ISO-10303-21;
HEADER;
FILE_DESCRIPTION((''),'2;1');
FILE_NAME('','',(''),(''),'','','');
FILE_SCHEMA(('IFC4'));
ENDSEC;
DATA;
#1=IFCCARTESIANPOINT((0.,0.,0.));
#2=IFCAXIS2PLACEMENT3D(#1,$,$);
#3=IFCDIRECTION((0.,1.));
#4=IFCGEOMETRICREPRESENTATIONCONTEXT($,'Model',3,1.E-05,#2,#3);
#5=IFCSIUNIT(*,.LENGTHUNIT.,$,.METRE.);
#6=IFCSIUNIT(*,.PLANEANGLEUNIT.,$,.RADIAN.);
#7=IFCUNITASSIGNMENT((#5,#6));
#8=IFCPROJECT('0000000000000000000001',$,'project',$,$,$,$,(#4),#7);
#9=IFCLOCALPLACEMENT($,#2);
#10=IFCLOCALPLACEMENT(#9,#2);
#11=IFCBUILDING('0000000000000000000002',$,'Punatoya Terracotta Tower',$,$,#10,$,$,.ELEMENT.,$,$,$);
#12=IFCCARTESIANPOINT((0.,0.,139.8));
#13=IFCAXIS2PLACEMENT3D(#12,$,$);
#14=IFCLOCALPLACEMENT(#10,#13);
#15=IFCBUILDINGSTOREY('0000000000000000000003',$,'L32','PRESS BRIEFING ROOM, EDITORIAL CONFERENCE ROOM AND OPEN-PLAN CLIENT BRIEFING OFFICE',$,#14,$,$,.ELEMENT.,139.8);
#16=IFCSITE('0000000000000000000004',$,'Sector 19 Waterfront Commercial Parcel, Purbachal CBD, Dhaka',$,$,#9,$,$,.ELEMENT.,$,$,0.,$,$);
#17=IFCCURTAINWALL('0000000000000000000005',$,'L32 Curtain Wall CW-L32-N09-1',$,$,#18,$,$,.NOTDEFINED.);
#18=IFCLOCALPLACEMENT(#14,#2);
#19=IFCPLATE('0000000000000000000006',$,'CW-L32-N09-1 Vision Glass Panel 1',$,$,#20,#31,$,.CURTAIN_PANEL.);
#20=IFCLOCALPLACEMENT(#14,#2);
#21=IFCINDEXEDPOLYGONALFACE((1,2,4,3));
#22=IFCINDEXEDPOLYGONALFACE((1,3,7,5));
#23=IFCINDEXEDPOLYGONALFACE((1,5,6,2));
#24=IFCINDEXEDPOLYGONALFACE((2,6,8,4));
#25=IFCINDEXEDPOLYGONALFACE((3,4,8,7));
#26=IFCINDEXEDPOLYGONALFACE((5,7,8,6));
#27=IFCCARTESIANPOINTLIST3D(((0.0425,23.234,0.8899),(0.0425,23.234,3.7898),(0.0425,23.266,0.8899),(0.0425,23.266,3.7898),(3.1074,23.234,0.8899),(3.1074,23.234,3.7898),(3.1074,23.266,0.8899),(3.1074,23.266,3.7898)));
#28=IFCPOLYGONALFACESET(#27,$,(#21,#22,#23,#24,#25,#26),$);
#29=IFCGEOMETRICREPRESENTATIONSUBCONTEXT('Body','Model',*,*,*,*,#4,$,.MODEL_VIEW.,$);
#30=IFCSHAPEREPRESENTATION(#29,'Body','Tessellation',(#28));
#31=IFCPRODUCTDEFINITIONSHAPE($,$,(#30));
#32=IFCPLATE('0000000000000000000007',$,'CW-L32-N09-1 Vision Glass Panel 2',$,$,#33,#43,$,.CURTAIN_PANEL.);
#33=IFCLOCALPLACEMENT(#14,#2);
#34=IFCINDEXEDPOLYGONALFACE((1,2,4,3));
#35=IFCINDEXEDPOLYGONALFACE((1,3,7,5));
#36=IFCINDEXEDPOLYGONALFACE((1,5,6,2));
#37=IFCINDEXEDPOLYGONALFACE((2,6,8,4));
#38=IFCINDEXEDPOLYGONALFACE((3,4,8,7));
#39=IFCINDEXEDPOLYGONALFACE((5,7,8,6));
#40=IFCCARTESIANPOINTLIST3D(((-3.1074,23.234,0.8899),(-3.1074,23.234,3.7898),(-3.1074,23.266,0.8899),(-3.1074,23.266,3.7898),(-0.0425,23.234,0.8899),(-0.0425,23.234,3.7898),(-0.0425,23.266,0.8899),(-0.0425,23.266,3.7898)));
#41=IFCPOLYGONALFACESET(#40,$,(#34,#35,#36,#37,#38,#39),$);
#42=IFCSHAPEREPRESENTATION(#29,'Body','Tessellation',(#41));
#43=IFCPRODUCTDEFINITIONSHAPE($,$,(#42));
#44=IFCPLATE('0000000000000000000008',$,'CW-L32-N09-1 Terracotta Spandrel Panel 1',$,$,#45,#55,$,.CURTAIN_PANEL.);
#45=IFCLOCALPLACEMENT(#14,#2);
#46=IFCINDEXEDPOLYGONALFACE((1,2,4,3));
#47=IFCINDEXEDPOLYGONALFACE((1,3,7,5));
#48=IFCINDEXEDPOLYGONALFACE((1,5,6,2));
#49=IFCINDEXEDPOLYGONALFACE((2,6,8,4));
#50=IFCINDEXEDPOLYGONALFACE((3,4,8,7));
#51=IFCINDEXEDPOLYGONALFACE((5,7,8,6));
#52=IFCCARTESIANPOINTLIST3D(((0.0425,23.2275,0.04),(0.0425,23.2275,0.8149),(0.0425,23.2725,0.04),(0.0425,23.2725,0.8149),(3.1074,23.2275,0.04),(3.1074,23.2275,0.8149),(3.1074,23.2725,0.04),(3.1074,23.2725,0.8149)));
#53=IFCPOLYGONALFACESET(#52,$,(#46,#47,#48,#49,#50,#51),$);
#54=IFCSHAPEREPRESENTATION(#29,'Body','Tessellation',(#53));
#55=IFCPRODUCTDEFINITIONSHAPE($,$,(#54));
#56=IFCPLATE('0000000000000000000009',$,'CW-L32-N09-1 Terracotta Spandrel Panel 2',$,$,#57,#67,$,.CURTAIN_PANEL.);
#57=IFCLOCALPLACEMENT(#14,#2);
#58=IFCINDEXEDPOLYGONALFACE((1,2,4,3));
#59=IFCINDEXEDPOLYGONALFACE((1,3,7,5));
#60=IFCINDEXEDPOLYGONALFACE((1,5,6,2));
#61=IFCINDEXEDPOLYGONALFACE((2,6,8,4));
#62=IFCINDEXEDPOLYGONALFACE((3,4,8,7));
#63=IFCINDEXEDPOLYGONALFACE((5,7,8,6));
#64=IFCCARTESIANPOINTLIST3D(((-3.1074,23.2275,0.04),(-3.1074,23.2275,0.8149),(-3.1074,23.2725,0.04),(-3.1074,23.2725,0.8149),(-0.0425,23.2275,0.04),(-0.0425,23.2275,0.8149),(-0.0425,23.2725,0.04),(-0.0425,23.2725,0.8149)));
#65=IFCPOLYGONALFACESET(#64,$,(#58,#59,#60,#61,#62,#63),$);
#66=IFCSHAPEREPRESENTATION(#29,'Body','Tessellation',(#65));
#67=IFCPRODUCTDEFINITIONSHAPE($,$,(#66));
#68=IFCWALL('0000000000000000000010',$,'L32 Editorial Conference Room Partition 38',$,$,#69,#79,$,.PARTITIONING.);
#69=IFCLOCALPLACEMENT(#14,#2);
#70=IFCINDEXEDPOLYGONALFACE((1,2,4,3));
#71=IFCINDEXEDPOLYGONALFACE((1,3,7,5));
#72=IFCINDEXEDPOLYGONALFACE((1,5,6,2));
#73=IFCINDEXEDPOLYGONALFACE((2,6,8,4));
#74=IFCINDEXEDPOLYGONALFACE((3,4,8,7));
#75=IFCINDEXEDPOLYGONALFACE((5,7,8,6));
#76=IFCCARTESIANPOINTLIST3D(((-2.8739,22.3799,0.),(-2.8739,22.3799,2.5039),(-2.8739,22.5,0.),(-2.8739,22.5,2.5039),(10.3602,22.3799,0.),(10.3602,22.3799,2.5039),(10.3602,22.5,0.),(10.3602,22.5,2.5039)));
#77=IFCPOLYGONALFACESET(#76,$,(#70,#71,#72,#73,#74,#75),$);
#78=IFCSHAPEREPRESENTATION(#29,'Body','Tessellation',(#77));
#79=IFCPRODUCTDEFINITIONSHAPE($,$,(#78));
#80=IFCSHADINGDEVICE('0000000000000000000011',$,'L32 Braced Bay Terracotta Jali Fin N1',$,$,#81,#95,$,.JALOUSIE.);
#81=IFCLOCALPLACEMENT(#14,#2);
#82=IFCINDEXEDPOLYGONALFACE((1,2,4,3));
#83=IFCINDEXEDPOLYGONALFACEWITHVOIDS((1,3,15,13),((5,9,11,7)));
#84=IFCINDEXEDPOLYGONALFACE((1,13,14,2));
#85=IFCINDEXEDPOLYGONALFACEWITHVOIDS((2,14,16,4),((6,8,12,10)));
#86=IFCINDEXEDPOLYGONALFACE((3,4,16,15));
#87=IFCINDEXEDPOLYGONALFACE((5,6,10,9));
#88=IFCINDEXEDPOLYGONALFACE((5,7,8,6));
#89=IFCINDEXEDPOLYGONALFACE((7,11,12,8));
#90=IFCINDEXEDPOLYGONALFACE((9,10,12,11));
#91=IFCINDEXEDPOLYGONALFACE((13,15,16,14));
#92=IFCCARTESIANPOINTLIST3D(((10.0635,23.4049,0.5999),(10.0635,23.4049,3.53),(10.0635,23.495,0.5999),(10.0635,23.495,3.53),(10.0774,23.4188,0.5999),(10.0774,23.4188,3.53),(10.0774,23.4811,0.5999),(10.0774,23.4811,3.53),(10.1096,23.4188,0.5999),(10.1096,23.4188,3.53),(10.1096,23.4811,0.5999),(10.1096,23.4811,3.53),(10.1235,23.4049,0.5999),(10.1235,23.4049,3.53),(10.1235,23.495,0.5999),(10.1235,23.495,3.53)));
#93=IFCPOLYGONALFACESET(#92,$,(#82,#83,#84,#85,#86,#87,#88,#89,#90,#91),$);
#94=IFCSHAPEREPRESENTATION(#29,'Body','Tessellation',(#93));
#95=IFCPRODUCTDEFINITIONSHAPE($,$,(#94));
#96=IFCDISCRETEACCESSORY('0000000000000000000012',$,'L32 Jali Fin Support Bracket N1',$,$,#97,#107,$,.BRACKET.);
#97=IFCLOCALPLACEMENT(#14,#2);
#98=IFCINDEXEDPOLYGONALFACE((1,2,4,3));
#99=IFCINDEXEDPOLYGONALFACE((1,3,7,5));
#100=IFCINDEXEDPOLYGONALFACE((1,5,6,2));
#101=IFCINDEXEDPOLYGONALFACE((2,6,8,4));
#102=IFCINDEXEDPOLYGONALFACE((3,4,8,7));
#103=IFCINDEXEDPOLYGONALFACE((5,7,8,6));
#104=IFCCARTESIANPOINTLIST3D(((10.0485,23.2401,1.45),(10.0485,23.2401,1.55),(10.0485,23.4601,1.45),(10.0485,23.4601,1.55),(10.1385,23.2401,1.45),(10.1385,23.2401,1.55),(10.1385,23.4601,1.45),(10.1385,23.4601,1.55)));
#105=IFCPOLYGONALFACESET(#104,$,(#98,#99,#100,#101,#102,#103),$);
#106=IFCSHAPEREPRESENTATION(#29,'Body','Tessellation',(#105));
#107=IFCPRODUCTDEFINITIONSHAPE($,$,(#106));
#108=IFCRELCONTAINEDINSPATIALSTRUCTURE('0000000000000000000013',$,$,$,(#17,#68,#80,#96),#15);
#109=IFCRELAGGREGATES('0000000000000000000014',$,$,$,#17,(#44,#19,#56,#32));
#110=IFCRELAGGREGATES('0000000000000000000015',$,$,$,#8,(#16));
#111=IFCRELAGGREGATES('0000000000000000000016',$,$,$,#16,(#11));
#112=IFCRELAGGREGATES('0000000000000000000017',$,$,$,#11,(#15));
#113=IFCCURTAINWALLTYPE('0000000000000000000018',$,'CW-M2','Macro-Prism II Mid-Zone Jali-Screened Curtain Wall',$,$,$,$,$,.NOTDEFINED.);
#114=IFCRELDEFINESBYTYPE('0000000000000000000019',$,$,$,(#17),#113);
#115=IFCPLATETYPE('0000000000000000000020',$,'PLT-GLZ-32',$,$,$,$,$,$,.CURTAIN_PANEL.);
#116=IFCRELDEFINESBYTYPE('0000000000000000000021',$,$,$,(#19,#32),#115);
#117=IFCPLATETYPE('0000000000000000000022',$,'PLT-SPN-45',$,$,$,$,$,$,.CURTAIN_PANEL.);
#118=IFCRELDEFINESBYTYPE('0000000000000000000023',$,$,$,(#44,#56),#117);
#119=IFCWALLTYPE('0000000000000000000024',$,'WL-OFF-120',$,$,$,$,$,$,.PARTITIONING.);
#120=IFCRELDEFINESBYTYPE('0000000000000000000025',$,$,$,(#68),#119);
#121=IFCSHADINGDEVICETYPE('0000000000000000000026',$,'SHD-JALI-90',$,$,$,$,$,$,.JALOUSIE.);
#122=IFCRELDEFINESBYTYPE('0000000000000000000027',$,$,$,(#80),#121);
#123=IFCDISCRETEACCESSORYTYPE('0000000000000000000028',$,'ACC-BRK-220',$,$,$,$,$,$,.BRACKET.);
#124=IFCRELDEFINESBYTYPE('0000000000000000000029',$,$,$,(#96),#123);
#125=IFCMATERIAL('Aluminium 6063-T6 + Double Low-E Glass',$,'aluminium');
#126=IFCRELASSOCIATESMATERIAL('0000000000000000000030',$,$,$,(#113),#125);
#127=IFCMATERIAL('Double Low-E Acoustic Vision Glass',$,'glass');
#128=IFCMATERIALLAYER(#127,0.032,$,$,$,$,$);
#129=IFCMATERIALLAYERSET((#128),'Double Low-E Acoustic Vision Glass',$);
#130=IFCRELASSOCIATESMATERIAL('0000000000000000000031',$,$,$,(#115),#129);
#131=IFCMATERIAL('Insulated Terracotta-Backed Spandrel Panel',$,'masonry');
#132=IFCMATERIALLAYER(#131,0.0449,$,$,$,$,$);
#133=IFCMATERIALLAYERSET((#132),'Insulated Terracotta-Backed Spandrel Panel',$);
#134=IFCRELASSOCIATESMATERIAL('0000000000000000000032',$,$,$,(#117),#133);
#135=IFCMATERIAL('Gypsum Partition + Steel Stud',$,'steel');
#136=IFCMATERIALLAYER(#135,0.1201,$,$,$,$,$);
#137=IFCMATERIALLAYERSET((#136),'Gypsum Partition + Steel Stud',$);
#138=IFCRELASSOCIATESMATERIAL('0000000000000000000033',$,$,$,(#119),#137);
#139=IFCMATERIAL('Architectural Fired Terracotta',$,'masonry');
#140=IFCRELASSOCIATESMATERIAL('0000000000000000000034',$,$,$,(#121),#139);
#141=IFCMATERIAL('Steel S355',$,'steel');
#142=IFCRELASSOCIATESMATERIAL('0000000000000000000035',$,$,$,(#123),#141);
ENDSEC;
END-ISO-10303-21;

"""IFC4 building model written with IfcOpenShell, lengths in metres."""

from ifc_helpers import new_model, si_unit, direction, frame, frame_2d, origin, origin_2d, place, context, subcontext, project, spatial, rectangle, hollow_rectangle, extrude, material, layer, layer_set, material_profile, profile_set, type_object, element, aggregate, save


model = new_model("IFC4")

# Units and contexts
model_context = context("Model", 3, precision=1e-05, world=origin(), true_north=direction((0.0, 1.0)))
body_context = subcontext(model_context, "Body", "Model", "MODEL_VIEW")
ifc_project = project(units=[si_unit("LENGTHUNIT", "METRE"), si_unit("PLANEANGLEUNIT", "RADIAN")], contexts=[model_context])

# Site, building, storey
site_placement = place(None, origin())
site = spatial("IfcSite", under=ifc_project, at=site_placement, Name="Sector 19 Waterfront Commercial Parcel, Purbachal CBD, Dhaka", CompositionType="ELEMENT", RefElevation=0.0)
building_placement = place(site_placement, origin())
building = spatial("IfcBuilding", under=site, at=building_placement, Name="Punatoya Terracotta Tower", CompositionType="ELEMENT")
storey_placement = place(building_placement, frame((0.0, 0.0, 139.8)))
storey = spatial("IfcBuildingStorey", under=building, at=storey_placement, Name="L32", Description="PRESS BRIEFING ROOM, EDITORIAL CONFERENCE ROOM AND OPEN-PLAN CLIENT BRIEFING OFFICE", CompositionType="ELEMENT", Elevation=139.8)

# Curtain wall
ifc_material_1 = material(Name="Aluminium 6063-T6 + Double Low-E Glass", Category="aluminium")
curtain_wall_type = type_object("IfcCurtainWallType", Name="CW-M2", Description="Macro-Prism II Mid-Zone Jali-Screened Curtain Wall", PredefinedType="NOTDEFINED", material=ifc_material_1)
curtain_wall_placement = place(storey_placement, origin())
curtain_wall = element("IfcCurtainWall", 1, at=curtain_wall_placement, inside=storey, type_object=curtain_wall_type, Name="L32 Curtain Wall CW-L32-N09-1", PredefinedType="NOTDEFINED")

# Plates
ifc_material_2 = material(Name="Double Low-E Acoustic Vision Glass", Category="glass")
ifc_layer_1 = layer(ifc_material_2, 0.032)
ifc_layer_set_1 = layer_set([ifc_layer_1], Name="Double Low-E Acoustic Vision Glass")
plate_type_1 = type_object("IfcPlateType", Name="PLT-GLZ-32", PredefinedType="CURTAIN_PANEL", material=ifc_layer_set_1)
plate_1_placement = place(storey_placement, frame((1.575, 23.25, 0.8899), z_axis=(0.0, 0.0, 1.0), x_axis=(-1.0, 0.0, 0.0)))
plate_1 = element("IfcPlate", 2, at=plate_1_placement, type_object=plate_type_1, Name="CW-L32-N09-1 Vision Glass Panel 1", PredefinedType="CURTAIN_PANEL", context=body_context, shape_type="SweptSolid", body=[
    extrude(rectangle(XDim=3.0649, YDim=0.032, at=origin_2d()), origin(), (0.0, 0.0, 1.0), 2.8999),
])
plate_2_placement = place(storey_placement, frame((-1.575, 23.25, 0.8899), z_axis=(0.0, 0.0, 1.0), x_axis=(-1.0, 0.0, 0.0)))
plate_2 = element("IfcPlate", 3, at=plate_2_placement, type_object=plate_type_1, Name="CW-L32-N09-1 Vision Glass Panel 2", PredefinedType="CURTAIN_PANEL", context=body_context, shape_type="SweptSolid", body=[
    extrude(rectangle(XDim=3.0649, YDim=0.032, at=origin_2d()), origin(), (0.0, 0.0, 1.0), 2.8999),
])
ifc_material_3 = material(Name="Insulated Terracotta-Backed Spandrel Panel", Category="masonry")
ifc_layer_2 = layer(ifc_material_3, 0.0449)
ifc_layer_set_2 = layer_set([ifc_layer_2], Name="Insulated Terracotta-Backed Spandrel Panel")
plate_type_2 = type_object("IfcPlateType", Name="PLT-SPN-45", PredefinedType="CURTAIN_PANEL", material=ifc_layer_set_2)
plate_3_placement = place(storey_placement, frame((1.575, 23.25, 0.04), z_axis=(0.0, 0.0, 1.0), x_axis=(-1.0, 0.0, 0.0)))
plate_3 = element("IfcPlate", 4, at=plate_3_placement, type_object=plate_type_2, Name="CW-L32-N09-1 Terracotta Spandrel Panel 1", PredefinedType="CURTAIN_PANEL", context=body_context, shape_type="SweptSolid", body=[
    extrude(rectangle(XDim=3.0649, YDim=0.0449, at=origin_2d()), origin(), (0.0, 0.0, 1.0), 0.7749),
])
plate_4_placement = place(storey_placement, frame((-1.575, 23.25, 0.04), z_axis=(0.0, 0.0, 1.0), x_axis=(-1.0, 0.0, 0.0)))
plate_4 = element("IfcPlate", 5, at=plate_4_placement, type_object=plate_type_2, Name="CW-L32-N09-1 Terracotta Spandrel Panel 2", PredefinedType="CURTAIN_PANEL", context=body_context, shape_type="SweptSolid", body=[
    extrude(rectangle(XDim=3.0649, YDim=0.0449, at=origin_2d()), origin(), (0.0, 0.0, 1.0), 0.7749),
])
aggregate(curtain_wall, [plate_3, plate_1, plate_4, plate_2])

# Wall
ifc_material_4 = material(Name="Gypsum Partition + Steel Stud", Category="steel")
ifc_layer_3 = layer(ifc_material_4, 0.1201)
ifc_layer_set_3 = layer_set([ifc_layer_3], Name="Gypsum Partition + Steel Stud")
wall_type = type_object("IfcWallType", Name="WL-OFF-120", PredefinedType="PARTITIONING", material=ifc_layer_set_3)
wall_placement = place(storey_placement, frame((-2.874, 22.4399, 0.0), z_axis=(0.0, 0.0, 1.0), x_axis=(1.0, 0.0, 0.0)))
element("IfcWall", 6, at=wall_placement, inside=storey, type_object=wall_type, Name="L32 Editorial Conference Room Partition 38", PredefinedType="PARTITIONING", context=body_context, shape_type="SweptSolid", body=[
    extrude(rectangle(XDim=13.2341, YDim=0.1201, at=frame_2d((6.6172, 0.0))), origin(), (0.0, 0.0, 1.0), 2.5039),
])

# Shading device
ifc_material_5 = material(Name="Architectural Fired Terracotta", Category="masonry")
ifc_material_profile_1 = material_profile(ifc_material_5, hollow_rectangle(XDim=0.0601, YDim=0.0901, WallThickness=0.0139, at=origin_2d()))
ifc_profile_set_1 = profile_set([ifc_material_profile_1], Name="Architectural Fired Terracotta")
shading_device_type = type_object("IfcShadingDeviceType", Name="SHD-JALI-90", PredefinedType="JALOUSIE", material=ifc_profile_set_1)
shading_device_placement = place(storey_placement, frame((10.0935, 23.45, 0.5999), z_axis=(0.0, 0.0, 1.0), x_axis=(1.0, 0.0, 0.0)))
element("IfcShadingDevice", 7, at=shading_device_placement, inside=storey, type_object=shading_device_type, Name="L32 Braced Bay Terracotta Jali Fin N1", PredefinedType="JALOUSIE", context=body_context, shape_type="SweptSolid", body=[
    extrude(hollow_rectangle(XDim=0.0601, YDim=0.0901, WallThickness=0.0139, at=origin_2d()), origin(), (0.0, 0.0, 1.0), 2.9302),
])

# Discrete accessory
ifc_material_6 = material(Name="Steel S355", Category="steel")
discrete_accessory_type = type_object("IfcDiscreteAccessoryType", Name="ACC-BRK-220", PredefinedType="BRACKET", material=ifc_material_6)
discrete_accessory_placement = place(storey_placement, frame((10.0935, 23.3501, 1.45), z_axis=(0.0, 0.0, 1.0), x_axis=(-1.0, 0.0, 0.0)))
element("IfcDiscreteAccessory", 8, at=discrete_accessory_placement, inside=storey, type_object=discrete_accessory_type, Name="L32 Jali Fin Support Bracket N1", PredefinedType="BRACKET", context=body_context, shape_type="SweptSolid", body=[
    extrude(rectangle(XDim=0.0901, YDim=0.22, at=origin_2d()), origin(), (0.0, 0.0, 1.0), 0.1001),
])

save(model, "model.ifc")
